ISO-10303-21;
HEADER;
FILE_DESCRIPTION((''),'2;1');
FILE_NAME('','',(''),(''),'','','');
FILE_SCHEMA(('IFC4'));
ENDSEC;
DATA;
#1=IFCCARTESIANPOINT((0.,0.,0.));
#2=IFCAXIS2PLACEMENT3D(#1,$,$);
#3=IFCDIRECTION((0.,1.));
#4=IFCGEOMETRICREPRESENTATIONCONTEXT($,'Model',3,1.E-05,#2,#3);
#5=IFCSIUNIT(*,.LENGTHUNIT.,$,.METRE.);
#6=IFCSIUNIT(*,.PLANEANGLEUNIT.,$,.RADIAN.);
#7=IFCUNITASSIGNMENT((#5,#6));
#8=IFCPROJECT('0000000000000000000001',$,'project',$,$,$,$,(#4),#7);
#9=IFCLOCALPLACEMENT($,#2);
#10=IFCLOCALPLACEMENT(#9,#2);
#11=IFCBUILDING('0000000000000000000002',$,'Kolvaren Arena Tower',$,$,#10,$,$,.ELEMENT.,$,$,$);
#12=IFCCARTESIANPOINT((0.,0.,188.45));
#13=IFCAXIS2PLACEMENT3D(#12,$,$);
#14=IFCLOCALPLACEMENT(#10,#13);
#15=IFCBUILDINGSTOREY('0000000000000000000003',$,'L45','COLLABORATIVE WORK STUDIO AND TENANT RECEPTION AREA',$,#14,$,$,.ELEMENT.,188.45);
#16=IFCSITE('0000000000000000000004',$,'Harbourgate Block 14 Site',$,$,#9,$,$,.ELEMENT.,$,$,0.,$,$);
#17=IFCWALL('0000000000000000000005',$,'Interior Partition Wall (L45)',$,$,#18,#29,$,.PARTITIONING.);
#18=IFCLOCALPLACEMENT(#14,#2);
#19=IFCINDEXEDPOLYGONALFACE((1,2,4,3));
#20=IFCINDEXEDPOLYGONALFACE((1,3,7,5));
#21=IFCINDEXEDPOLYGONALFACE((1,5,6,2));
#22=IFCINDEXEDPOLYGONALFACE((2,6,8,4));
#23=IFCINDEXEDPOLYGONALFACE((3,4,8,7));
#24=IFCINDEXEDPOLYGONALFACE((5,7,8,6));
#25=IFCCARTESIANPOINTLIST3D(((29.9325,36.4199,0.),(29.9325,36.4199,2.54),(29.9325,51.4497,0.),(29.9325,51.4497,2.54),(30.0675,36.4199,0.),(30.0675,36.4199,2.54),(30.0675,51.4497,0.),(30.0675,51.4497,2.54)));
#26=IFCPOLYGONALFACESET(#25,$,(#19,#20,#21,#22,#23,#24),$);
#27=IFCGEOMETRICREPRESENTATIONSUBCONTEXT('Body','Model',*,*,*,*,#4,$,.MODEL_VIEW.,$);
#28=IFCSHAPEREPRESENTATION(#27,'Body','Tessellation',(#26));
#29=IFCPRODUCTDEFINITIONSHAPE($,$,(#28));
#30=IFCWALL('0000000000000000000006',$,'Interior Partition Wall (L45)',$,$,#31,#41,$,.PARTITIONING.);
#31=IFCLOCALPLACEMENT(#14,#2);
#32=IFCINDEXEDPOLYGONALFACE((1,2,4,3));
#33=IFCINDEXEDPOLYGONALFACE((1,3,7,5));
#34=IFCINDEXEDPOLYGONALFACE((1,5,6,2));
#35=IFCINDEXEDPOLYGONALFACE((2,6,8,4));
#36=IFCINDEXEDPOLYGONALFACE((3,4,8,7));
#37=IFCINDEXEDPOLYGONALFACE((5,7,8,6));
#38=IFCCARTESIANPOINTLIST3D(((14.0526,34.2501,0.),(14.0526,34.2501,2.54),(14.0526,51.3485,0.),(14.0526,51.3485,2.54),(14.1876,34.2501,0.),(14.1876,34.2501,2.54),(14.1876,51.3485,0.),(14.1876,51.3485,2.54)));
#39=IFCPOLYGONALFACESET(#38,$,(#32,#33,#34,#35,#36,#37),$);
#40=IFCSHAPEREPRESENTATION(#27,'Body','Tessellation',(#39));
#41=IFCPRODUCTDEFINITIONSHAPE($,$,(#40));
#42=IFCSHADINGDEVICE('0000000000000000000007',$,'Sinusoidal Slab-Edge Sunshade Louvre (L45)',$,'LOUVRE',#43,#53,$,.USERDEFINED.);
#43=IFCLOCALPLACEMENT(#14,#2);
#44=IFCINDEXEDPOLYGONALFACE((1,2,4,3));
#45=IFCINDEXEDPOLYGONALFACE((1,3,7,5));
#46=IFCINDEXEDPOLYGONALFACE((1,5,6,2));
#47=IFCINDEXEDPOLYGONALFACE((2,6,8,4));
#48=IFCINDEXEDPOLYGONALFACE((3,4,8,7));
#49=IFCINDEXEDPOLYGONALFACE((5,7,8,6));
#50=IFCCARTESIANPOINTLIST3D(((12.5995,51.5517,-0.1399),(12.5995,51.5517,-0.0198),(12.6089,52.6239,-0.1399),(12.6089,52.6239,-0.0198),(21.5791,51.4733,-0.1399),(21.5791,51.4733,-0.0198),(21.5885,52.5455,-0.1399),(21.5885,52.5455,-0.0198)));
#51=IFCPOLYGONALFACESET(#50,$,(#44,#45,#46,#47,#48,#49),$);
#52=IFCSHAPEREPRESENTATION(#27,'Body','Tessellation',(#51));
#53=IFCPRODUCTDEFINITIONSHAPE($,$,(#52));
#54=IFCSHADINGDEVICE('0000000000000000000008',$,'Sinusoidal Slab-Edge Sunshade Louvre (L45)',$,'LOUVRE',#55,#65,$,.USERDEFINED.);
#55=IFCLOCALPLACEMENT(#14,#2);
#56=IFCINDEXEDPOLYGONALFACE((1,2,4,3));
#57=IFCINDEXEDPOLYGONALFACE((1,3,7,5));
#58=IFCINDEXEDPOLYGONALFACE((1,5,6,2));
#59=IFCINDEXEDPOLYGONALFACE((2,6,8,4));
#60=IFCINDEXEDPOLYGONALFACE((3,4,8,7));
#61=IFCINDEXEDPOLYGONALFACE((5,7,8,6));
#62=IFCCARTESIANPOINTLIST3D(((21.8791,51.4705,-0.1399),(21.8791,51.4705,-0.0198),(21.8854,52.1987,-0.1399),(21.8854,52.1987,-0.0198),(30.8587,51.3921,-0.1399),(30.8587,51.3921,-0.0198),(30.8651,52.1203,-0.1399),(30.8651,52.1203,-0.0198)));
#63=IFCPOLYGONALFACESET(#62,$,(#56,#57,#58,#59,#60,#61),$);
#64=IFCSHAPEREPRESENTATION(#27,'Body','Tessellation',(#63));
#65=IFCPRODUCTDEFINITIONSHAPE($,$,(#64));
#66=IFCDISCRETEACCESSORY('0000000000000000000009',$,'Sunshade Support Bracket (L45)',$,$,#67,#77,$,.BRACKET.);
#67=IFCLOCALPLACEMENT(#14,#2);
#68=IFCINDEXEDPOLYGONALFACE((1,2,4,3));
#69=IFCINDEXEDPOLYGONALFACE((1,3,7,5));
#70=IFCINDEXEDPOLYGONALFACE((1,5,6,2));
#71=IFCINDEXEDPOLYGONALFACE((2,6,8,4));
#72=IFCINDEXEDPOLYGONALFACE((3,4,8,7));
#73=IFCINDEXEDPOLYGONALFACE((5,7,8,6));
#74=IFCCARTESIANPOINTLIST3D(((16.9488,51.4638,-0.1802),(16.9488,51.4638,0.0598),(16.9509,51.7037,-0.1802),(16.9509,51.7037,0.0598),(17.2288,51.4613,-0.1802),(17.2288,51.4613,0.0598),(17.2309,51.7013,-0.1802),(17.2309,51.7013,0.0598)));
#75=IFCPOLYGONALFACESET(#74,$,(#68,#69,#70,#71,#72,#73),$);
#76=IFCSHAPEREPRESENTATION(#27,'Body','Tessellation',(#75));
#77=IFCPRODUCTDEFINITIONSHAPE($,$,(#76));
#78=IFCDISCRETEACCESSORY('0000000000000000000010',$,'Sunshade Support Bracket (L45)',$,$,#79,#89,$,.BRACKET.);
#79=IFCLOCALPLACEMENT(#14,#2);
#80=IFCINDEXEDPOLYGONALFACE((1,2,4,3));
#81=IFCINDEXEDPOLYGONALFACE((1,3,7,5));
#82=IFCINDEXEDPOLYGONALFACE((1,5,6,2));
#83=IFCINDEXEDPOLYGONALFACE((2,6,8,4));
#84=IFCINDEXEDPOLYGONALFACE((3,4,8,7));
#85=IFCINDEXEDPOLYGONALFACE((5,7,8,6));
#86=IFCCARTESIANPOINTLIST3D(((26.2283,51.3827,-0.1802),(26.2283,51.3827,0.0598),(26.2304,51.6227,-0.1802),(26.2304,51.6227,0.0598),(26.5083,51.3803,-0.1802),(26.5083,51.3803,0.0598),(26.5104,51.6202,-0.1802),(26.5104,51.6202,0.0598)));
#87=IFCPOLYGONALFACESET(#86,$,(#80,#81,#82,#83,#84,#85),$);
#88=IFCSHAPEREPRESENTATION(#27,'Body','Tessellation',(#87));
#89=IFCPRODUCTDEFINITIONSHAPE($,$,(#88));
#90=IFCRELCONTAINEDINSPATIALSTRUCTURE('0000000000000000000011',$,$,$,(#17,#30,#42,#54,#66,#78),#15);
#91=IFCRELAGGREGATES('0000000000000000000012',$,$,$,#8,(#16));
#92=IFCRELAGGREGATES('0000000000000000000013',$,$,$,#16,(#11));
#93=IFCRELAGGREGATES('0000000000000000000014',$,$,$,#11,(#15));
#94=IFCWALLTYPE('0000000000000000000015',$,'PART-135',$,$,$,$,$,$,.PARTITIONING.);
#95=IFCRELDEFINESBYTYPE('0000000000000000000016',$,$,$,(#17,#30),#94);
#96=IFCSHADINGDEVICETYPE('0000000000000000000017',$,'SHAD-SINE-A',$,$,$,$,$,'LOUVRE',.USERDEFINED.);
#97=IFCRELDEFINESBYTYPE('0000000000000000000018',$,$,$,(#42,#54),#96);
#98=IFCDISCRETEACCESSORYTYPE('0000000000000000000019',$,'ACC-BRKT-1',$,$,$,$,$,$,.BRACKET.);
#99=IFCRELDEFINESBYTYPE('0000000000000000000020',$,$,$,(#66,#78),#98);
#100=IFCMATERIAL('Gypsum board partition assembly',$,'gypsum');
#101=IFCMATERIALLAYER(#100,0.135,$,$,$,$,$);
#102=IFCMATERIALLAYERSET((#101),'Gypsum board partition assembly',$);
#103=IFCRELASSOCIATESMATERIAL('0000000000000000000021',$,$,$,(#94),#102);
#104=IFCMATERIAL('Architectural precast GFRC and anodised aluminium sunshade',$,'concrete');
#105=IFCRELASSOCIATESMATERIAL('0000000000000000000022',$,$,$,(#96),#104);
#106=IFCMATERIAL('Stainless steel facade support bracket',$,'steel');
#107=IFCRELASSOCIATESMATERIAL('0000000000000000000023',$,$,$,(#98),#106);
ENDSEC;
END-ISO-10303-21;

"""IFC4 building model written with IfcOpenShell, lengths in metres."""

from ifc_helpers import new_model, si_unit, direction, frame, frame_2d, origin, origin_2d, place, context, subcontext, project, spatial, rectangle, extrude, material, layer, layer_set, type_object, element, save


model = new_model("IFC4")

# Units and contexts
model_context = context("Model", 3, precision=1e-05, world=origin(), true_north=direction((0.0, 1.0)))
body_context = subcontext(model_context, "Body", "Model", "MODEL_VIEW")
ifc_project = project(units=[si_unit("LENGTHUNIT", "METRE"), si_unit("PLANEANGLEUNIT", "RADIAN")], contexts=[model_context])

# Site, building, storey
site_placement = place(None, origin())
site = spatial("IfcSite", under=ifc_project, at=site_placement, Name="Harbourgate Block 14 Site", CompositionType="ELEMENT", RefElevation=0.0)
building_placement = place(site_placement, origin())
building = spatial("IfcBuilding", under=site, at=building_placement, Name="Kolvaren Arena Tower", CompositionType="ELEMENT")
storey_placement = place(building_placement, frame((0.0, 0.0, 188.45)))
storey = spatial("IfcBuildingStorey", under=building, at=storey_placement, Name="L45", Description="COLLABORATIVE WORK STUDIO AND TENANT RECEPTION AREA", CompositionType="ELEMENT", Elevation=188.45)

# Walls
ifc_material_1 = material(Name="Gypsum board partition assembly", Category="gypsum")
ifc_layer_1 = layer(ifc_material_1, 0.135)
ifc_layer_set_1 = layer_set([ifc_layer_1], Name="Gypsum board partition assembly")
wall_type_1 = type_object("IfcWallType", Name="PART-135", PredefinedType="PARTITIONING", material=ifc_layer_set_1)
wall_1_placement = place(storey_placement, frame((30.0, 36.4199, 0.0), z_axis=(0.0, 0.0, 1.0), x_axis=(0.0, 1.0, 0.0)))
element("IfcWall", 1, at=wall_1_placement, inside=storey, type_object=wall_type_1, Name="Interior Partition Wall (L45)", PredefinedType="PARTITIONING", context=body_context, shape_type="SweptSolid", body=[
    extrude(rectangle(XDim=15.0298, YDim=0.135, at=frame_2d((7.5149, 0.0))), origin(), (0.0, 0.0, 1.0), 2.54),
])
wall_2_placement = place(storey_placement, frame((14.1201, 34.25, 0.0), z_axis=(0.0, 0.0, 1.0), x_axis=(0.0, 1.0, 0.0)))
element("IfcWall", 2, at=wall_2_placement, inside=storey, type_object=wall_type_1, Name="Interior Partition Wall (L45)", PredefinedType="PARTITIONING", context=body_context, shape_type="SweptSolid", body=[
    extrude(rectangle(XDim=17.0984, YDim=0.135, at=frame_2d((8.5493, 0.0))), origin(), (0.0, 0.0, 1.0), 2.54),
])

# Shading devices
ifc_material_2 = material(Name="Architectural precast GFRC and anodised aluminium sunshade", Category="concrete")
shading_device_type = type_object("IfcShadingDeviceType", Name="SHAD-SINE-A", ElementType="LOUVRE", PredefinedType="USERDEFINED", material=ifc_material_2)
shading_device_1_placement = place(storey_placement, frame((17.094, 52.0486, -0.1399), z_axis=(0.0, 0.0, 1.0), x_axis=(0.999962, -0.008727, 0.0)))
element("IfcShadingDevice", 3, at=shading_device_1_placement, inside=storey, type_object=shading_device_type, Name="Sinusoidal Slab-Edge Sunshade Louvre (L45)", ObjectType="LOUVRE", PredefinedType="USERDEFINED", context=body_context, shape_type="SweptSolid", body=[
    extrude(rectangle(XDim=8.98, YDim=1.0723, at=origin_2d()), origin(), (0.0, 0.0, 1.0), 0.1201),
])
shading_device_2_placement = place(storey_placement, frame((26.3721, 51.7954, -0.1399), z_axis=(0.0, 0.0, 1.0), x_axis=(0.999962, -0.008727, 0.0)))
element("IfcShadingDevice", 4, at=shading_device_2_placement, inside=storey, type_object=shading_device_type, Name="Sinusoidal Slab-Edge Sunshade Louvre (L45)", ObjectType="LOUVRE", PredefinedType="USERDEFINED", context=body_context, shape_type="SweptSolid", body=[
    extrude(rectangle(XDim=8.98, YDim=0.7283, at=origin_2d()), origin(), (0.0, 0.0, 1.0), 0.1201),
])

# Discrete accessories
ifc_material_3 = material(Name="Stainless steel facade support bracket", Category="steel")
discrete_accessory_type = type_object("IfcDiscreteAccessoryType", Name="ACC-BRKT-1", PredefinedType="BRACKET", material=ifc_material_3)
for number, where, z_axis, x_axis, name in (
    (5, (17.0898, 51.5825, -0.1802), (0.0, 0.0, 1.0), (0.999962, -0.008727, 0.0), "Sunshade Support Bracket (L45)"),
    (6, (26.3694, 51.5015, -0.1802), (0.0, 0.0, 1.0), (0.999962, -0.008727, 0.0), "Sunshade Support Bracket (L45)"),
):
    element("IfcDiscreteAccessory", number, at=place(storey_placement, frame(where, z_axis=z_axis, x_axis=x_axis)), inside=storey, type_object=discrete_accessory_type, Name=name, PredefinedType="BRACKET", context=body_context, shape_type="SweptSolid", body=[
        extrude(rectangle(XDim=0.28, YDim=0.24, at=origin_2d()), origin(), (0.0, 0.0, 1.0), 0.24),
    ])

save(model, "model.ifc")
